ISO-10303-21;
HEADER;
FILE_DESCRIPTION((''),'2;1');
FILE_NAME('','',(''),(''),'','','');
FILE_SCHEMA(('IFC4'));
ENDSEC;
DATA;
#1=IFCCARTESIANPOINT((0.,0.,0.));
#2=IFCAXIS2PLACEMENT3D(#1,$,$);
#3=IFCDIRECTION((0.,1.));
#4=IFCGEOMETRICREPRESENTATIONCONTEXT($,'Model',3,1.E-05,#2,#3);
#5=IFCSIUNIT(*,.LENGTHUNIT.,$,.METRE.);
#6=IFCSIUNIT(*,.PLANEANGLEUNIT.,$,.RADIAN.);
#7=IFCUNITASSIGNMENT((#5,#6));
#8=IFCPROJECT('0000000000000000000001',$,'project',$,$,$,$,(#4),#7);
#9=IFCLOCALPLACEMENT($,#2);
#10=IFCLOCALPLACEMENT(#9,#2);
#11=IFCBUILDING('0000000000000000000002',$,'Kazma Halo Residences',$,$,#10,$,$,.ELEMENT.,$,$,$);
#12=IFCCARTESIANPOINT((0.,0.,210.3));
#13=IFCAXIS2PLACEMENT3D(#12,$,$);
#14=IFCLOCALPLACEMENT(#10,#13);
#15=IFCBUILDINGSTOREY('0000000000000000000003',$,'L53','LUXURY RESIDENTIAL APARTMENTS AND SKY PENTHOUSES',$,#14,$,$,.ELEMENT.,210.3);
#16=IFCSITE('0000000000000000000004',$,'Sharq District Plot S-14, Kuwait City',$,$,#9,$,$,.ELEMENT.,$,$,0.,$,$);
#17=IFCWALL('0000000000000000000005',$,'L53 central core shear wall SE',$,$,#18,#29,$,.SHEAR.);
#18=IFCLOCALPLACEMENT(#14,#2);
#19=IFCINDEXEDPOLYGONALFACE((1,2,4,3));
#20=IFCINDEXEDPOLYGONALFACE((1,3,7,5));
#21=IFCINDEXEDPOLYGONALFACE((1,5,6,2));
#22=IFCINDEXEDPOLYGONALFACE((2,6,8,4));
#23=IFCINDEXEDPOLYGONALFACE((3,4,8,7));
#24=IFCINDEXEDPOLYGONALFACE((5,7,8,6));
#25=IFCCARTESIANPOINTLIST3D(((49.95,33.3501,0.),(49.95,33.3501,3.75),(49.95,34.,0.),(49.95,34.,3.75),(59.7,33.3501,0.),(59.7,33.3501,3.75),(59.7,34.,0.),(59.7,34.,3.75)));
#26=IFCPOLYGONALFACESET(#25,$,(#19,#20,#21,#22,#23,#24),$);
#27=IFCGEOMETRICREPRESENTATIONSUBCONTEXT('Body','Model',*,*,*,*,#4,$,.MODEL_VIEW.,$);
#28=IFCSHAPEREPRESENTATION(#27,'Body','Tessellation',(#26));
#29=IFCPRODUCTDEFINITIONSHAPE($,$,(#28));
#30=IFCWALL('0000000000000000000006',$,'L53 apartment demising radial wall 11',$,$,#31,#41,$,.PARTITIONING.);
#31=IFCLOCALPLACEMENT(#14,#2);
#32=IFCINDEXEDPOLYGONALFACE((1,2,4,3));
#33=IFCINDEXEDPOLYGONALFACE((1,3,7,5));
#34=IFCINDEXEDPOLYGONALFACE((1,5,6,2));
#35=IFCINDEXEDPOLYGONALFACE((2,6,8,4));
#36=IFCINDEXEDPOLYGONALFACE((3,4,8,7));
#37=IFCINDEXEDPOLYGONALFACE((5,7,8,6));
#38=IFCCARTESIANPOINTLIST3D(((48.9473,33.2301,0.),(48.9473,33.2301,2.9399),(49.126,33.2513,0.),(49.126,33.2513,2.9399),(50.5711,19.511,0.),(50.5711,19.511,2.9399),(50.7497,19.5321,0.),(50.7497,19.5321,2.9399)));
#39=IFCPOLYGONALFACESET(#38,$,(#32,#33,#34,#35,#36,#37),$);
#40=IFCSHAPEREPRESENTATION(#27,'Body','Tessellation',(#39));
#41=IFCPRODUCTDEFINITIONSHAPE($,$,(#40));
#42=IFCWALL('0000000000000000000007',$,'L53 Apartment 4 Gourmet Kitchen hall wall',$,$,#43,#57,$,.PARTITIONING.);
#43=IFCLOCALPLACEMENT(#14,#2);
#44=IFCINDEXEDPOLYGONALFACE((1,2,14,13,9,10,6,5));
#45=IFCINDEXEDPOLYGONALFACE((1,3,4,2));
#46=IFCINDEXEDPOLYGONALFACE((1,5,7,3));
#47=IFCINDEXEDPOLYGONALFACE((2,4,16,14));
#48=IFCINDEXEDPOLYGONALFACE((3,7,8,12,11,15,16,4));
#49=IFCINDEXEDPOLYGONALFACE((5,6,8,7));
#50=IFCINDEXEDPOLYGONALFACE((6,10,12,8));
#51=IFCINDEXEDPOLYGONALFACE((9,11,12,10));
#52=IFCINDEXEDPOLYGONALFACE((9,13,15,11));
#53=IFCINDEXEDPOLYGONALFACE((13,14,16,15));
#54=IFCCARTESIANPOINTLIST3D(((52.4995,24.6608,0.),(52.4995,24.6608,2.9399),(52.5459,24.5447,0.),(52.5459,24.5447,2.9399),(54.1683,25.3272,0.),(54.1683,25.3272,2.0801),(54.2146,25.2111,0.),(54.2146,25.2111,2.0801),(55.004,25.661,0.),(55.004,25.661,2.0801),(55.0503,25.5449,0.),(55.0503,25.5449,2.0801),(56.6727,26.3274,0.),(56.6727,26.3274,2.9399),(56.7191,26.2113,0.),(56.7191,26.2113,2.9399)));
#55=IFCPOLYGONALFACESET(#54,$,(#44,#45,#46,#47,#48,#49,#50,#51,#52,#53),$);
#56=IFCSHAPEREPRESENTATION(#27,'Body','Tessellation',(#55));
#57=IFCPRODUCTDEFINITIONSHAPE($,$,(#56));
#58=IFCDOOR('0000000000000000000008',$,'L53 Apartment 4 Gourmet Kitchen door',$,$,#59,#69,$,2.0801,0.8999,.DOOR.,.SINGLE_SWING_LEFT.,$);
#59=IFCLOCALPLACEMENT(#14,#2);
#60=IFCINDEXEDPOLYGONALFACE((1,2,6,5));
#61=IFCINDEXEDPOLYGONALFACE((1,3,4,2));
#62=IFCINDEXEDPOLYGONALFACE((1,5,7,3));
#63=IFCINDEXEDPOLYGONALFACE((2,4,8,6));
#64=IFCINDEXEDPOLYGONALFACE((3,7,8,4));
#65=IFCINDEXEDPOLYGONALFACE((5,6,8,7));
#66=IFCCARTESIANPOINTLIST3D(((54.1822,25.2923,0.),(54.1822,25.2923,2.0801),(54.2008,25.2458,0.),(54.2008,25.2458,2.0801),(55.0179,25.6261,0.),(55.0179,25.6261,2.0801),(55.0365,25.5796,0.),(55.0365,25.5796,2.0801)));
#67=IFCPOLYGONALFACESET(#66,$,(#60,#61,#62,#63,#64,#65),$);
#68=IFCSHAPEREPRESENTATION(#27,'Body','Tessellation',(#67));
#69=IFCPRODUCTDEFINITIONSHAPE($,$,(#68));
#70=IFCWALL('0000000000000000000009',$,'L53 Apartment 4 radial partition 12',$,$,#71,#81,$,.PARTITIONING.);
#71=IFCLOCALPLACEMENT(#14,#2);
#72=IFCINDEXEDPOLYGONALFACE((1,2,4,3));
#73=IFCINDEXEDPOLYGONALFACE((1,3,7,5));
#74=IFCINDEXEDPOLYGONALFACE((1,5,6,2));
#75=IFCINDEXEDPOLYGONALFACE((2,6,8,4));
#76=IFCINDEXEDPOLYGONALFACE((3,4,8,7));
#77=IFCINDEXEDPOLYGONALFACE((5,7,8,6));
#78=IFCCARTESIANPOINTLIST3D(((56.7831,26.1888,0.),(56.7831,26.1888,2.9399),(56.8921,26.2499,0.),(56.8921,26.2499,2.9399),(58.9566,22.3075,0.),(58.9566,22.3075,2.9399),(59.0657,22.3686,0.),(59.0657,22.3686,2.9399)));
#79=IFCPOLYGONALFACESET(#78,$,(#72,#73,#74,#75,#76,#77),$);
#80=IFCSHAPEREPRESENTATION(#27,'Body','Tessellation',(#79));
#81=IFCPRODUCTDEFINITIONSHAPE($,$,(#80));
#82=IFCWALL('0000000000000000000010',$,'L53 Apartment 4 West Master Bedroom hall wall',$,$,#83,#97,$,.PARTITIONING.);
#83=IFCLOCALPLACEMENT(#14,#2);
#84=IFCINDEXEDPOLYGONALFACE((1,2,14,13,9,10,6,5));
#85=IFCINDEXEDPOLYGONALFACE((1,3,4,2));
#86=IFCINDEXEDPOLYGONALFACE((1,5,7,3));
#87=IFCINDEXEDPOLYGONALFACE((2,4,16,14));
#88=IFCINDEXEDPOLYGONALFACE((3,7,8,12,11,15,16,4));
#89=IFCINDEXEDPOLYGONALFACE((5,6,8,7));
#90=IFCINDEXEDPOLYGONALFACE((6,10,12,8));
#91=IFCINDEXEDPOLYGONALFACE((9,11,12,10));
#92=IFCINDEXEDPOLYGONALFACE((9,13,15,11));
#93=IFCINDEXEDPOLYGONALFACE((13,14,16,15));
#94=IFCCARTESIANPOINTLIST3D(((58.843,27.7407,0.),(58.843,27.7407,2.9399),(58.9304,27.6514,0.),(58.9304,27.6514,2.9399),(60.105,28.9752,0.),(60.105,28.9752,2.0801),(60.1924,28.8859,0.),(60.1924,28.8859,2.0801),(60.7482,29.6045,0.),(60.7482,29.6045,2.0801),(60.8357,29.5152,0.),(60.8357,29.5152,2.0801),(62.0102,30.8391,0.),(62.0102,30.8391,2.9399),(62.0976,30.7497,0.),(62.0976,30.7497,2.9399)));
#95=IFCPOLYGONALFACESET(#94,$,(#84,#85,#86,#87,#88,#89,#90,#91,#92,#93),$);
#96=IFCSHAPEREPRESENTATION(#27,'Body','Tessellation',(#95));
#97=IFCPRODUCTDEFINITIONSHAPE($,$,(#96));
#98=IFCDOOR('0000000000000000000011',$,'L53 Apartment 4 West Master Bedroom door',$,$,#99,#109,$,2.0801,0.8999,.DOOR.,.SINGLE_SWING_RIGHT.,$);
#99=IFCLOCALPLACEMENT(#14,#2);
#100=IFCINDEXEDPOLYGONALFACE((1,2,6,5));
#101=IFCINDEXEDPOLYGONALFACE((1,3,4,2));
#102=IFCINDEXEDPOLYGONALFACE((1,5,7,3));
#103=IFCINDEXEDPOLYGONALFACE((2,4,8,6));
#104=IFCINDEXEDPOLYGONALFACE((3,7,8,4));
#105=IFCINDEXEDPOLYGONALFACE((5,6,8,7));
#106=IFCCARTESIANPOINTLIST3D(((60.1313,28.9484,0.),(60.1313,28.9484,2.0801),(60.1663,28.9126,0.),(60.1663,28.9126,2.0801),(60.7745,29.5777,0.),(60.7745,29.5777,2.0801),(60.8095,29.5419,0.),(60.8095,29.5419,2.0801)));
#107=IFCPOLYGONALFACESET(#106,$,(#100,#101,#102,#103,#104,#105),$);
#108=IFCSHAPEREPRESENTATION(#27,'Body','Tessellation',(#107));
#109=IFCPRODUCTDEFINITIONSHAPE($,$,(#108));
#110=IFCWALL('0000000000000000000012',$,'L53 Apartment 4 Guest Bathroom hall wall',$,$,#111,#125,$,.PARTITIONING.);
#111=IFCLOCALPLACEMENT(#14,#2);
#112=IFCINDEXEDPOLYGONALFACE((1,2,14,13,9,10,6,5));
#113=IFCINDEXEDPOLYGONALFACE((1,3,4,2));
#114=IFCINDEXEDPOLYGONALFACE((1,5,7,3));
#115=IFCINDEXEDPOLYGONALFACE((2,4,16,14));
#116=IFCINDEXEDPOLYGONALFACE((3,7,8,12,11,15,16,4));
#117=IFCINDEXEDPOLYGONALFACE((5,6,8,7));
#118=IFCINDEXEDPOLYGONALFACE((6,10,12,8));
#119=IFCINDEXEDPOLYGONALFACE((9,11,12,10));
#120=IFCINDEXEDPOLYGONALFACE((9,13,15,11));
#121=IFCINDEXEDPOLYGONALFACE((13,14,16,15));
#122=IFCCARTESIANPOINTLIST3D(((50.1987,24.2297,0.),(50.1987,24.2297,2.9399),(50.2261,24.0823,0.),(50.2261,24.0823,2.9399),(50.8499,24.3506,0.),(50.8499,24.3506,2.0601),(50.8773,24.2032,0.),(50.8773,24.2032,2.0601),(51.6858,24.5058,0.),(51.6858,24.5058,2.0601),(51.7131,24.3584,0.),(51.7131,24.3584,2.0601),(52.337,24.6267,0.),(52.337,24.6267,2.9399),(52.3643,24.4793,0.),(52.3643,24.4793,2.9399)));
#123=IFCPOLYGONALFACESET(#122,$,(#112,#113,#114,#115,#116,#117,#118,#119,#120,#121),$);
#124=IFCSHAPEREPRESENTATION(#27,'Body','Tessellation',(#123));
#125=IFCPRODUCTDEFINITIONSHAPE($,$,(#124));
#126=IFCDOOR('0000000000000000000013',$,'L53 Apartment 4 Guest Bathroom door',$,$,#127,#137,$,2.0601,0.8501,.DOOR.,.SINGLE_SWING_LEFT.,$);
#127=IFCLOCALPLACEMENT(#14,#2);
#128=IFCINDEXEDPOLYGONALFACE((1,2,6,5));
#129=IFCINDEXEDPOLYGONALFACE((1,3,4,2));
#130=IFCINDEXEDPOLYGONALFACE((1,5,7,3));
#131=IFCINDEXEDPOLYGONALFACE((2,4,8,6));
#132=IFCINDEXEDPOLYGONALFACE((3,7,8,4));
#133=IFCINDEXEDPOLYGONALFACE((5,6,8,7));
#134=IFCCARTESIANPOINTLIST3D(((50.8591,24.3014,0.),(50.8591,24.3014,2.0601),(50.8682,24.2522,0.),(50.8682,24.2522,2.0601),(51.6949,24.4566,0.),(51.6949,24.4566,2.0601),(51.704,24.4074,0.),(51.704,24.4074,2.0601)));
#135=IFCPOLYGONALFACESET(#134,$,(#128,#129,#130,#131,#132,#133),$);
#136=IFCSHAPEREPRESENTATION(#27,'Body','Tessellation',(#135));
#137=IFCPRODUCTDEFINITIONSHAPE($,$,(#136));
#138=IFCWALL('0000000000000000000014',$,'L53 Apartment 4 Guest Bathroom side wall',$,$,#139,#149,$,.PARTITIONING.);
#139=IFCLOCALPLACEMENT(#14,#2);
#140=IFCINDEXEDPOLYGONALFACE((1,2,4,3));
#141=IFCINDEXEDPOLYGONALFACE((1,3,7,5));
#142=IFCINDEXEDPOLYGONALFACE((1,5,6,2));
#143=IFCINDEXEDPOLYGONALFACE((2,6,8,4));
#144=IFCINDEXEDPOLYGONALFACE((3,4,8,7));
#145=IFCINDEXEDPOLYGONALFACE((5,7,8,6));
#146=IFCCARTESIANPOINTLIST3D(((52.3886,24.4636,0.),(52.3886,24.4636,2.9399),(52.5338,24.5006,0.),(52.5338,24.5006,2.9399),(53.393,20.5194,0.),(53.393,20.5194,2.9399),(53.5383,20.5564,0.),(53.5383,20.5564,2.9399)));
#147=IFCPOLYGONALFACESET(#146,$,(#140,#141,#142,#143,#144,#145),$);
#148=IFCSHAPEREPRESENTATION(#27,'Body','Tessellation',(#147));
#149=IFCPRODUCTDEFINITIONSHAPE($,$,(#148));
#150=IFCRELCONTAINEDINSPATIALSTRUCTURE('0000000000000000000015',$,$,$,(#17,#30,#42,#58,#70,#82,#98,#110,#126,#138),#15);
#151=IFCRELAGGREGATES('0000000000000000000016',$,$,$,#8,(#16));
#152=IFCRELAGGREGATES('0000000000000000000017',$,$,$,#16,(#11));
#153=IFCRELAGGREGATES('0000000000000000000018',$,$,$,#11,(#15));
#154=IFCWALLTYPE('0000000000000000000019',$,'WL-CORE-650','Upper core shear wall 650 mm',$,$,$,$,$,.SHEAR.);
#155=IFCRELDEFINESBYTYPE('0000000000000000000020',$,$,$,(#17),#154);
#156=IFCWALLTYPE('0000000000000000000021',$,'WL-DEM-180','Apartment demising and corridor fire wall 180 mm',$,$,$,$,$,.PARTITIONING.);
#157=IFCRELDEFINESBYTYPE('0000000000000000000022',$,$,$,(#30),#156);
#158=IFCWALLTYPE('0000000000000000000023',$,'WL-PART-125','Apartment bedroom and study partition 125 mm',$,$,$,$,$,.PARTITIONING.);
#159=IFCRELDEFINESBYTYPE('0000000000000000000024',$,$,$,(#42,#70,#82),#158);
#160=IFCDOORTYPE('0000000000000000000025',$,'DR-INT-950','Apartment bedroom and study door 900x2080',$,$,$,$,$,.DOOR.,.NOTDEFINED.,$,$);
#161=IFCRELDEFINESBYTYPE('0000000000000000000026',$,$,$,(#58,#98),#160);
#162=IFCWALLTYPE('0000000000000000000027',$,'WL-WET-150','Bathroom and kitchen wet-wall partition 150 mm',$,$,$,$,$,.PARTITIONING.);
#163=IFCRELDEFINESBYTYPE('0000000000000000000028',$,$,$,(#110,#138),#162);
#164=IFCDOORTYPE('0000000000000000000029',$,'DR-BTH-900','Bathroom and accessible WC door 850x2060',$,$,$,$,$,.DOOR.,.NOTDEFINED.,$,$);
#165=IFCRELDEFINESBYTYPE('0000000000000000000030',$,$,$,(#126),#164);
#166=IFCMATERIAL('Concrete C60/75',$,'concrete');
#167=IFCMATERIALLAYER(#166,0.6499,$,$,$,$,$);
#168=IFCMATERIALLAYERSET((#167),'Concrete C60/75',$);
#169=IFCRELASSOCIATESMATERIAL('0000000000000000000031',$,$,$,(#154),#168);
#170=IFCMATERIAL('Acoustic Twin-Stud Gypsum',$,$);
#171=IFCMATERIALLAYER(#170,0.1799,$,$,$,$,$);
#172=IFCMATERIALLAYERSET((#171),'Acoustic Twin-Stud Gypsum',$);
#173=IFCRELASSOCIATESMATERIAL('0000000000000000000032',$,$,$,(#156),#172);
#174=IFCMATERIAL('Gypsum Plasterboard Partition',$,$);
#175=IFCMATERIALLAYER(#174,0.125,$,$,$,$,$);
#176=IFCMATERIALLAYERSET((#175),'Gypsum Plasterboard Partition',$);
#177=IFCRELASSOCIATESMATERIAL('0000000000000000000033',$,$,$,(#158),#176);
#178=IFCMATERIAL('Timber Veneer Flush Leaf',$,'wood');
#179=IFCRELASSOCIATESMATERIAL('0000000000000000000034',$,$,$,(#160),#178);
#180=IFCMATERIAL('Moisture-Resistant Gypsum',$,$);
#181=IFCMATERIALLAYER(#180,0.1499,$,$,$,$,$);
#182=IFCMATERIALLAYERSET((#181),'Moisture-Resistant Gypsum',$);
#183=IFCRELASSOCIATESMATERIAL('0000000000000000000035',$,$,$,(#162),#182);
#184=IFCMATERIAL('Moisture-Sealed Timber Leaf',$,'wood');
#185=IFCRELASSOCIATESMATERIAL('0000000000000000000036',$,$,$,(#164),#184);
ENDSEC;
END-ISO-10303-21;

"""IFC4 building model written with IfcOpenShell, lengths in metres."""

from ifc_helpers import new_model, si_unit, direction, frame, frame_2d, origin, place, context, subcontext, project, spatial, rectangle, extrude, material, layer, layer_set, type_object, element, fill, save


model = new_model("IFC4")

# Units and contexts
model_context = context("Model", 3, precision=1e-05, world=origin(), true_north=direction((0.0, 1.0)))
body_context = subcontext(model_context, "Body", "Model", "MODEL_VIEW")
ifc_project = project(units=[si_unit("LENGTHUNIT", "METRE"), si_unit("PLANEANGLEUNIT", "RADIAN")], contexts=[model_context])

# Site, building, storey
site_placement = place(None, origin())
site = spatial("IfcSite", under=ifc_project, at=site_placement, Name="Sharq District Plot S-14, Kuwait City", CompositionType="ELEMENT", RefElevation=0.0)
building_placement = place(site_placement, origin())
building = spatial("IfcBuilding", under=site, at=building_placement, Name="Kazma Halo Residences", CompositionType="ELEMENT")
storey_placement = place(building_placement, frame((0.0, 0.0, 210.3)))
storey = spatial("IfcBuildingStorey", under=building, at=storey_placement, Name="L53", Description="LUXURY RESIDENTIAL APARTMENTS AND SKY PENTHOUSES", CompositionType="ELEMENT", Elevation=210.3)

# Walls
ifc_material_1 = material(Name="Concrete C60/75", Category="concrete")
ifc_layer_1 = layer(ifc_material_1, 0.6499)
ifc_layer_set_1 = layer_set([ifc_layer_1], Name="Concrete C60/75")
wall_type_1 = type_object("IfcWallType", Name="WL-CORE-650", Description="Upper core shear wall 650 mm", PredefinedType="SHEAR", material=ifc_layer_set_1)
wall_1_placement = place(storey_placement, frame((49.95, 33.675, 0.0), z_axis=(0.0, 0.0, 1.0), x_axis=(1.0, 0.0, 0.0)))
element("IfcWall", 1, at=wall_1_placement, inside=storey, type_object=wall_type_1, Name="L53 central core shear wall SE", PredefinedType="SHEAR", context=body_context, shape_type="SweptSolid", body=[
    extrude(rectangle(XDim=9.75, YDim=0.6499, at=frame_2d((4.875, 0.0))), origin(), (0.0, 0.0, 1.0), 3.75),
])
ifc_material_2 = material(Name="Acoustic Twin-Stud Gypsum")
ifc_layer_2 = layer(ifc_material_2, 0.1799)
ifc_layer_set_2 = layer_set([ifc_layer_2], Name="Acoustic Twin-Stud Gypsum")
wall_type_2 = type_object("IfcWallType", Name="WL-DEM-180", Description="Apartment demising and corridor fire wall 180 mm", PredefinedType="PARTITIONING", material=ifc_layer_set_2)
wall_2_placement = place(storey_placement, frame((49.0366, 33.2407, 0.0), z_axis=(0.0, 0.0, 1.0), x_axis=(0.117537, -0.993068, 0.0)))
element("IfcWall", 2, at=wall_2_placement, inside=storey, type_object=wall_type_2, Name="L53 apartment demising radial wall 11", PredefinedType="PARTITIONING", context=body_context, shape_type="SweptSolid", body=[
    extrude(rectangle(XDim=13.8149, YDim=0.1799, at=frame_2d((6.9075, 0.0))), origin(), (0.0, 0.0, 1.0), 2.9399),
])

# Wall, opening, door
ifc_material_3 = material(Name="Gypsum Plasterboard Partition")
ifc_layer_3 = layer(ifc_material_3, 0.125)
ifc_layer_set_3 = layer_set([ifc_layer_3], Name="Gypsum Plasterboard Partition")
wall_type_3 = type_object("IfcWallType", Name="WL-PART-125", Description="Apartment bedroom and study partition 125 mm", PredefinedType="PARTITIONING", material=ifc_layer_set_3)
wall_3_placement = place(storey_placement, frame((52.5227, 24.6028, 0.0), z_axis=(0.0, 0.0, 1.0), x_axis=(0.928686, 0.370866, 0.0)))
wall_3 = element("IfcWall", 3, at=wall_3_placement, inside=storey, type_object=wall_type_3, Name="L53 Apartment 4 Gourmet Kitchen hall wall", PredefinedType="PARTITIONING", context=body_context, shape_type="SweptSolid", body=[
    extrude(rectangle(XDim=4.4937, YDim=0.125, at=frame_2d((2.2468, 0.0))), origin(), (0.0, 0.0, 1.0), 2.9399),
])
opening_1_placement = place(wall_3_placement, frame((1.7969, 0.0, 0.0)))
opening_1 = element("IfcOpeningElement", 4, at=opening_1_placement, cuts=wall_3, PredefinedType="OPENING", context=body_context, shape_type="SweptSolid", body=[
    extrude(rectangle(XDim=0.8999, YDim=2.0801, at=frame_2d((0.45, 1.04))), frame((0.0, 0.0725, 0.0), z_axis=(0.0, -1.0, 0.0), x_axis=(1.0, 0.0, 0.0)), (0.0, 0.0, 1.0), 0.145),
])
ifc_material_4 = material(Name="Timber Veneer Flush Leaf", Category="wood")
door_type_1 = type_object("IfcDoorType", Name="DR-INT-950", Description="Apartment bedroom and study door 900x2080", OperationType="NOTDEFINED", PredefinedType="DOOR", material=ifc_material_4)
door_1_placement = place(opening_1_placement, origin())
door_1 = element("IfcDoor", 5, at=door_1_placement, inside=storey, type_object=door_type_1, Name="L53 Apartment 4 Gourmet Kitchen door", OperationType="SINGLE_SWING_LEFT", OverallHeight=2.0801, OverallWidth=0.8999, PredefinedType="DOOR", context=body_context, shape_type="SweptSolid", body=[
    extrude(rectangle(XDim=0.8999, YDim=2.0801, at=frame_2d((0.45, 1.04))), frame((0.0, 0.0249, 0.0), z_axis=(0.0, -1.0, 0.0), x_axis=(1.0, 0.0, 0.0)), (0.0, 0.0, 1.0), 0.05),
])
fill(opening_1, door_1)

# Wall
wall_4_placement = place(storey_placement, frame((56.8376, 26.2192, 0.0), z_axis=(0.0, 0.0, 1.0), x_axis=(0.488608, -0.872503, 0.0)))
element("IfcWall", 6, at=wall_4_placement, inside=storey, type_object=wall_type_3, Name="L53 Apartment 4 radial partition 12", PredefinedType="PARTITIONING", context=body_context, shape_type="SweptSolid", body=[
    extrude(rectangle(XDim=4.4485, YDim=0.125, at=frame_2d((2.2241, 0.0))), origin(), (0.0, 0.0, 1.0), 2.9399),
])

# Walls, openings, doors
wall_5_placement = place(storey_placement, frame((58.8867, 27.696, 0.0), z_axis=(0.0, 0.0, 1.0), x_axis=(0.714833, 0.699295, 0.0)))
wall_5 = element("IfcWall", 7, at=wall_5_placement, inside=storey, type_object=wall_type_3, Name="L53 Apartment 4 West Master Bedroom hall wall", PredefinedType="PARTITIONING", context=body_context, shape_type="SweptSolid", body=[
    extrude(rectangle(XDim=4.4307, YDim=0.125, at=frame_2d((2.2153, 0.0))), origin(), (0.0, 0.0, 1.0), 2.9399),
])
opening_2_placement = place(wall_5_placement, frame((1.7654, 0.0, 0.0)))
opening_2 = element("IfcOpeningElement", 8, at=opening_2_placement, cuts=wall_5, PredefinedType="OPENING", context=body_context, shape_type="SweptSolid", body=[
    extrude(rectangle(XDim=0.8999, YDim=2.0801, at=frame_2d((0.45, 1.04))), frame((0.0, 0.0725, 0.0), z_axis=(0.0, -1.0, 0.0), x_axis=(1.0, 0.0, 0.0)), (0.0, 0.0, 1.0), 0.145),
])
door_2_placement = place(opening_2_placement, origin())
door_2 = element("IfcDoor", 9, at=door_2_placement, inside=storey, type_object=door_type_1, Name="L53 Apartment 4 West Master Bedroom door", OperationType="SINGLE_SWING_RIGHT", OverallHeight=2.0801, OverallWidth=0.8999, PredefinedType="DOOR", context=body_context, shape_type="SweptSolid", body=[
    extrude(rectangle(XDim=0.8999, YDim=2.0801, at=frame_2d((0.45, 1.04))), frame((0.0, 0.0249, 0.0), z_axis=(0.0, -1.0, 0.0), x_axis=(1.0, 0.0, 0.0)), (0.0, 0.0, 1.0), 0.05),
])
fill(opening_2, door_2)
ifc_material_5 = material(Name="Moisture-Resistant Gypsum")
ifc_layer_4 = layer(ifc_material_5, 0.1499)
ifc_layer_set_4 = layer_set([ifc_layer_4], Name="Moisture-Resistant Gypsum")
wall_type_4 = type_object("IfcWallType", Name="WL-WET-150", Description="Bathroom and kitchen wet-wall partition 150 mm", PredefinedType="PARTITIONING", material=ifc_layer_set_4)
wall_6_placement = place(storey_placement, frame((50.2124, 24.156, 0.0), z_axis=(0.0, 0.0, 1.0), x_axis=(0.983199, 0.182539, 0.0)))
wall_6 = element("IfcWall", 10, at=wall_6_placement, inside=storey, type_object=wall_type_4, Name="L53 Apartment 4 Guest Bathroom hall wall", PredefinedType="PARTITIONING", context=body_context, shape_type="SweptSolid", body=[
    extrude(rectangle(XDim=2.1748, YDim=0.1499, at=frame_2d((1.0874, 0.0))), origin(), (0.0, 0.0, 1.0), 2.9399),
])
opening_3_placement = place(wall_6_placement, frame((0.6624, 0.0, 0.0)))
opening_3 = element("IfcOpeningElement", 11, at=opening_3_placement, cuts=wall_6, PredefinedType="OPENING", context=body_context, shape_type="SweptSolid", body=[
    extrude(rectangle(XDim=0.8501, YDim=2.0601, at=frame_2d((0.425, 1.03))), frame((0.0, 0.085, 0.0), z_axis=(0.0, -1.0, 0.0), x_axis=(1.0, 0.0, 0.0)), (0.0, 0.0, 1.0), 0.1699),
])
ifc_material_6 = material(Name="Moisture-Sealed Timber Leaf", Category="wood")
door_type_2 = type_object("IfcDoorType", Name="DR-BTH-900", Description="Bathroom and accessible WC door 850x2060", OperationType="NOTDEFINED", PredefinedType="DOOR", material=ifc_material_6)
door_3_placement = place(opening_3_placement, origin())
door_3 = element("IfcDoor", 12, at=door_3_placement, inside=storey, type_object=door_type_2, Name="L53 Apartment 4 Guest Bathroom door", OperationType="SINGLE_SWING_LEFT", OverallHeight=2.0601, OverallWidth=0.8501, PredefinedType="DOOR", context=body_context, shape_type="SweptSolid", body=[
    extrude(rectangle(XDim=0.8501, YDim=2.0601, at=frame_2d((0.425, 1.03))), frame((0.0, 0.0249, 0.0), z_axis=(0.0, -1.0, 0.0), x_axis=(1.0, 0.0, 0.0)), (0.0, 0.0, 1.0), 0.05),
])
fill(opening_3, door_3)

# Wall
wall_7_placement = place(storey_placement, frame((52.4612, 24.4822, 0.0), z_axis=(0.0, 0.0, 1.0), x_axis=(0.246782, -0.969071, 0.0)))
element("IfcWall", 13, at=wall_7_placement, inside=storey, type_object=wall_type_4, Name="L53 Apartment 4 Guest Bathroom side wall", PredefinedType="PARTITIONING", context=body_context, shape_type="SweptSolid", body=[
    extrude(rectangle(XDim=4.0701, YDim=0.1499, at=frame_2d((2.0352, 0.0))), origin(), (0.0, 0.0, 1.0), 2.9399),
])

save(model, "model.ifc")
